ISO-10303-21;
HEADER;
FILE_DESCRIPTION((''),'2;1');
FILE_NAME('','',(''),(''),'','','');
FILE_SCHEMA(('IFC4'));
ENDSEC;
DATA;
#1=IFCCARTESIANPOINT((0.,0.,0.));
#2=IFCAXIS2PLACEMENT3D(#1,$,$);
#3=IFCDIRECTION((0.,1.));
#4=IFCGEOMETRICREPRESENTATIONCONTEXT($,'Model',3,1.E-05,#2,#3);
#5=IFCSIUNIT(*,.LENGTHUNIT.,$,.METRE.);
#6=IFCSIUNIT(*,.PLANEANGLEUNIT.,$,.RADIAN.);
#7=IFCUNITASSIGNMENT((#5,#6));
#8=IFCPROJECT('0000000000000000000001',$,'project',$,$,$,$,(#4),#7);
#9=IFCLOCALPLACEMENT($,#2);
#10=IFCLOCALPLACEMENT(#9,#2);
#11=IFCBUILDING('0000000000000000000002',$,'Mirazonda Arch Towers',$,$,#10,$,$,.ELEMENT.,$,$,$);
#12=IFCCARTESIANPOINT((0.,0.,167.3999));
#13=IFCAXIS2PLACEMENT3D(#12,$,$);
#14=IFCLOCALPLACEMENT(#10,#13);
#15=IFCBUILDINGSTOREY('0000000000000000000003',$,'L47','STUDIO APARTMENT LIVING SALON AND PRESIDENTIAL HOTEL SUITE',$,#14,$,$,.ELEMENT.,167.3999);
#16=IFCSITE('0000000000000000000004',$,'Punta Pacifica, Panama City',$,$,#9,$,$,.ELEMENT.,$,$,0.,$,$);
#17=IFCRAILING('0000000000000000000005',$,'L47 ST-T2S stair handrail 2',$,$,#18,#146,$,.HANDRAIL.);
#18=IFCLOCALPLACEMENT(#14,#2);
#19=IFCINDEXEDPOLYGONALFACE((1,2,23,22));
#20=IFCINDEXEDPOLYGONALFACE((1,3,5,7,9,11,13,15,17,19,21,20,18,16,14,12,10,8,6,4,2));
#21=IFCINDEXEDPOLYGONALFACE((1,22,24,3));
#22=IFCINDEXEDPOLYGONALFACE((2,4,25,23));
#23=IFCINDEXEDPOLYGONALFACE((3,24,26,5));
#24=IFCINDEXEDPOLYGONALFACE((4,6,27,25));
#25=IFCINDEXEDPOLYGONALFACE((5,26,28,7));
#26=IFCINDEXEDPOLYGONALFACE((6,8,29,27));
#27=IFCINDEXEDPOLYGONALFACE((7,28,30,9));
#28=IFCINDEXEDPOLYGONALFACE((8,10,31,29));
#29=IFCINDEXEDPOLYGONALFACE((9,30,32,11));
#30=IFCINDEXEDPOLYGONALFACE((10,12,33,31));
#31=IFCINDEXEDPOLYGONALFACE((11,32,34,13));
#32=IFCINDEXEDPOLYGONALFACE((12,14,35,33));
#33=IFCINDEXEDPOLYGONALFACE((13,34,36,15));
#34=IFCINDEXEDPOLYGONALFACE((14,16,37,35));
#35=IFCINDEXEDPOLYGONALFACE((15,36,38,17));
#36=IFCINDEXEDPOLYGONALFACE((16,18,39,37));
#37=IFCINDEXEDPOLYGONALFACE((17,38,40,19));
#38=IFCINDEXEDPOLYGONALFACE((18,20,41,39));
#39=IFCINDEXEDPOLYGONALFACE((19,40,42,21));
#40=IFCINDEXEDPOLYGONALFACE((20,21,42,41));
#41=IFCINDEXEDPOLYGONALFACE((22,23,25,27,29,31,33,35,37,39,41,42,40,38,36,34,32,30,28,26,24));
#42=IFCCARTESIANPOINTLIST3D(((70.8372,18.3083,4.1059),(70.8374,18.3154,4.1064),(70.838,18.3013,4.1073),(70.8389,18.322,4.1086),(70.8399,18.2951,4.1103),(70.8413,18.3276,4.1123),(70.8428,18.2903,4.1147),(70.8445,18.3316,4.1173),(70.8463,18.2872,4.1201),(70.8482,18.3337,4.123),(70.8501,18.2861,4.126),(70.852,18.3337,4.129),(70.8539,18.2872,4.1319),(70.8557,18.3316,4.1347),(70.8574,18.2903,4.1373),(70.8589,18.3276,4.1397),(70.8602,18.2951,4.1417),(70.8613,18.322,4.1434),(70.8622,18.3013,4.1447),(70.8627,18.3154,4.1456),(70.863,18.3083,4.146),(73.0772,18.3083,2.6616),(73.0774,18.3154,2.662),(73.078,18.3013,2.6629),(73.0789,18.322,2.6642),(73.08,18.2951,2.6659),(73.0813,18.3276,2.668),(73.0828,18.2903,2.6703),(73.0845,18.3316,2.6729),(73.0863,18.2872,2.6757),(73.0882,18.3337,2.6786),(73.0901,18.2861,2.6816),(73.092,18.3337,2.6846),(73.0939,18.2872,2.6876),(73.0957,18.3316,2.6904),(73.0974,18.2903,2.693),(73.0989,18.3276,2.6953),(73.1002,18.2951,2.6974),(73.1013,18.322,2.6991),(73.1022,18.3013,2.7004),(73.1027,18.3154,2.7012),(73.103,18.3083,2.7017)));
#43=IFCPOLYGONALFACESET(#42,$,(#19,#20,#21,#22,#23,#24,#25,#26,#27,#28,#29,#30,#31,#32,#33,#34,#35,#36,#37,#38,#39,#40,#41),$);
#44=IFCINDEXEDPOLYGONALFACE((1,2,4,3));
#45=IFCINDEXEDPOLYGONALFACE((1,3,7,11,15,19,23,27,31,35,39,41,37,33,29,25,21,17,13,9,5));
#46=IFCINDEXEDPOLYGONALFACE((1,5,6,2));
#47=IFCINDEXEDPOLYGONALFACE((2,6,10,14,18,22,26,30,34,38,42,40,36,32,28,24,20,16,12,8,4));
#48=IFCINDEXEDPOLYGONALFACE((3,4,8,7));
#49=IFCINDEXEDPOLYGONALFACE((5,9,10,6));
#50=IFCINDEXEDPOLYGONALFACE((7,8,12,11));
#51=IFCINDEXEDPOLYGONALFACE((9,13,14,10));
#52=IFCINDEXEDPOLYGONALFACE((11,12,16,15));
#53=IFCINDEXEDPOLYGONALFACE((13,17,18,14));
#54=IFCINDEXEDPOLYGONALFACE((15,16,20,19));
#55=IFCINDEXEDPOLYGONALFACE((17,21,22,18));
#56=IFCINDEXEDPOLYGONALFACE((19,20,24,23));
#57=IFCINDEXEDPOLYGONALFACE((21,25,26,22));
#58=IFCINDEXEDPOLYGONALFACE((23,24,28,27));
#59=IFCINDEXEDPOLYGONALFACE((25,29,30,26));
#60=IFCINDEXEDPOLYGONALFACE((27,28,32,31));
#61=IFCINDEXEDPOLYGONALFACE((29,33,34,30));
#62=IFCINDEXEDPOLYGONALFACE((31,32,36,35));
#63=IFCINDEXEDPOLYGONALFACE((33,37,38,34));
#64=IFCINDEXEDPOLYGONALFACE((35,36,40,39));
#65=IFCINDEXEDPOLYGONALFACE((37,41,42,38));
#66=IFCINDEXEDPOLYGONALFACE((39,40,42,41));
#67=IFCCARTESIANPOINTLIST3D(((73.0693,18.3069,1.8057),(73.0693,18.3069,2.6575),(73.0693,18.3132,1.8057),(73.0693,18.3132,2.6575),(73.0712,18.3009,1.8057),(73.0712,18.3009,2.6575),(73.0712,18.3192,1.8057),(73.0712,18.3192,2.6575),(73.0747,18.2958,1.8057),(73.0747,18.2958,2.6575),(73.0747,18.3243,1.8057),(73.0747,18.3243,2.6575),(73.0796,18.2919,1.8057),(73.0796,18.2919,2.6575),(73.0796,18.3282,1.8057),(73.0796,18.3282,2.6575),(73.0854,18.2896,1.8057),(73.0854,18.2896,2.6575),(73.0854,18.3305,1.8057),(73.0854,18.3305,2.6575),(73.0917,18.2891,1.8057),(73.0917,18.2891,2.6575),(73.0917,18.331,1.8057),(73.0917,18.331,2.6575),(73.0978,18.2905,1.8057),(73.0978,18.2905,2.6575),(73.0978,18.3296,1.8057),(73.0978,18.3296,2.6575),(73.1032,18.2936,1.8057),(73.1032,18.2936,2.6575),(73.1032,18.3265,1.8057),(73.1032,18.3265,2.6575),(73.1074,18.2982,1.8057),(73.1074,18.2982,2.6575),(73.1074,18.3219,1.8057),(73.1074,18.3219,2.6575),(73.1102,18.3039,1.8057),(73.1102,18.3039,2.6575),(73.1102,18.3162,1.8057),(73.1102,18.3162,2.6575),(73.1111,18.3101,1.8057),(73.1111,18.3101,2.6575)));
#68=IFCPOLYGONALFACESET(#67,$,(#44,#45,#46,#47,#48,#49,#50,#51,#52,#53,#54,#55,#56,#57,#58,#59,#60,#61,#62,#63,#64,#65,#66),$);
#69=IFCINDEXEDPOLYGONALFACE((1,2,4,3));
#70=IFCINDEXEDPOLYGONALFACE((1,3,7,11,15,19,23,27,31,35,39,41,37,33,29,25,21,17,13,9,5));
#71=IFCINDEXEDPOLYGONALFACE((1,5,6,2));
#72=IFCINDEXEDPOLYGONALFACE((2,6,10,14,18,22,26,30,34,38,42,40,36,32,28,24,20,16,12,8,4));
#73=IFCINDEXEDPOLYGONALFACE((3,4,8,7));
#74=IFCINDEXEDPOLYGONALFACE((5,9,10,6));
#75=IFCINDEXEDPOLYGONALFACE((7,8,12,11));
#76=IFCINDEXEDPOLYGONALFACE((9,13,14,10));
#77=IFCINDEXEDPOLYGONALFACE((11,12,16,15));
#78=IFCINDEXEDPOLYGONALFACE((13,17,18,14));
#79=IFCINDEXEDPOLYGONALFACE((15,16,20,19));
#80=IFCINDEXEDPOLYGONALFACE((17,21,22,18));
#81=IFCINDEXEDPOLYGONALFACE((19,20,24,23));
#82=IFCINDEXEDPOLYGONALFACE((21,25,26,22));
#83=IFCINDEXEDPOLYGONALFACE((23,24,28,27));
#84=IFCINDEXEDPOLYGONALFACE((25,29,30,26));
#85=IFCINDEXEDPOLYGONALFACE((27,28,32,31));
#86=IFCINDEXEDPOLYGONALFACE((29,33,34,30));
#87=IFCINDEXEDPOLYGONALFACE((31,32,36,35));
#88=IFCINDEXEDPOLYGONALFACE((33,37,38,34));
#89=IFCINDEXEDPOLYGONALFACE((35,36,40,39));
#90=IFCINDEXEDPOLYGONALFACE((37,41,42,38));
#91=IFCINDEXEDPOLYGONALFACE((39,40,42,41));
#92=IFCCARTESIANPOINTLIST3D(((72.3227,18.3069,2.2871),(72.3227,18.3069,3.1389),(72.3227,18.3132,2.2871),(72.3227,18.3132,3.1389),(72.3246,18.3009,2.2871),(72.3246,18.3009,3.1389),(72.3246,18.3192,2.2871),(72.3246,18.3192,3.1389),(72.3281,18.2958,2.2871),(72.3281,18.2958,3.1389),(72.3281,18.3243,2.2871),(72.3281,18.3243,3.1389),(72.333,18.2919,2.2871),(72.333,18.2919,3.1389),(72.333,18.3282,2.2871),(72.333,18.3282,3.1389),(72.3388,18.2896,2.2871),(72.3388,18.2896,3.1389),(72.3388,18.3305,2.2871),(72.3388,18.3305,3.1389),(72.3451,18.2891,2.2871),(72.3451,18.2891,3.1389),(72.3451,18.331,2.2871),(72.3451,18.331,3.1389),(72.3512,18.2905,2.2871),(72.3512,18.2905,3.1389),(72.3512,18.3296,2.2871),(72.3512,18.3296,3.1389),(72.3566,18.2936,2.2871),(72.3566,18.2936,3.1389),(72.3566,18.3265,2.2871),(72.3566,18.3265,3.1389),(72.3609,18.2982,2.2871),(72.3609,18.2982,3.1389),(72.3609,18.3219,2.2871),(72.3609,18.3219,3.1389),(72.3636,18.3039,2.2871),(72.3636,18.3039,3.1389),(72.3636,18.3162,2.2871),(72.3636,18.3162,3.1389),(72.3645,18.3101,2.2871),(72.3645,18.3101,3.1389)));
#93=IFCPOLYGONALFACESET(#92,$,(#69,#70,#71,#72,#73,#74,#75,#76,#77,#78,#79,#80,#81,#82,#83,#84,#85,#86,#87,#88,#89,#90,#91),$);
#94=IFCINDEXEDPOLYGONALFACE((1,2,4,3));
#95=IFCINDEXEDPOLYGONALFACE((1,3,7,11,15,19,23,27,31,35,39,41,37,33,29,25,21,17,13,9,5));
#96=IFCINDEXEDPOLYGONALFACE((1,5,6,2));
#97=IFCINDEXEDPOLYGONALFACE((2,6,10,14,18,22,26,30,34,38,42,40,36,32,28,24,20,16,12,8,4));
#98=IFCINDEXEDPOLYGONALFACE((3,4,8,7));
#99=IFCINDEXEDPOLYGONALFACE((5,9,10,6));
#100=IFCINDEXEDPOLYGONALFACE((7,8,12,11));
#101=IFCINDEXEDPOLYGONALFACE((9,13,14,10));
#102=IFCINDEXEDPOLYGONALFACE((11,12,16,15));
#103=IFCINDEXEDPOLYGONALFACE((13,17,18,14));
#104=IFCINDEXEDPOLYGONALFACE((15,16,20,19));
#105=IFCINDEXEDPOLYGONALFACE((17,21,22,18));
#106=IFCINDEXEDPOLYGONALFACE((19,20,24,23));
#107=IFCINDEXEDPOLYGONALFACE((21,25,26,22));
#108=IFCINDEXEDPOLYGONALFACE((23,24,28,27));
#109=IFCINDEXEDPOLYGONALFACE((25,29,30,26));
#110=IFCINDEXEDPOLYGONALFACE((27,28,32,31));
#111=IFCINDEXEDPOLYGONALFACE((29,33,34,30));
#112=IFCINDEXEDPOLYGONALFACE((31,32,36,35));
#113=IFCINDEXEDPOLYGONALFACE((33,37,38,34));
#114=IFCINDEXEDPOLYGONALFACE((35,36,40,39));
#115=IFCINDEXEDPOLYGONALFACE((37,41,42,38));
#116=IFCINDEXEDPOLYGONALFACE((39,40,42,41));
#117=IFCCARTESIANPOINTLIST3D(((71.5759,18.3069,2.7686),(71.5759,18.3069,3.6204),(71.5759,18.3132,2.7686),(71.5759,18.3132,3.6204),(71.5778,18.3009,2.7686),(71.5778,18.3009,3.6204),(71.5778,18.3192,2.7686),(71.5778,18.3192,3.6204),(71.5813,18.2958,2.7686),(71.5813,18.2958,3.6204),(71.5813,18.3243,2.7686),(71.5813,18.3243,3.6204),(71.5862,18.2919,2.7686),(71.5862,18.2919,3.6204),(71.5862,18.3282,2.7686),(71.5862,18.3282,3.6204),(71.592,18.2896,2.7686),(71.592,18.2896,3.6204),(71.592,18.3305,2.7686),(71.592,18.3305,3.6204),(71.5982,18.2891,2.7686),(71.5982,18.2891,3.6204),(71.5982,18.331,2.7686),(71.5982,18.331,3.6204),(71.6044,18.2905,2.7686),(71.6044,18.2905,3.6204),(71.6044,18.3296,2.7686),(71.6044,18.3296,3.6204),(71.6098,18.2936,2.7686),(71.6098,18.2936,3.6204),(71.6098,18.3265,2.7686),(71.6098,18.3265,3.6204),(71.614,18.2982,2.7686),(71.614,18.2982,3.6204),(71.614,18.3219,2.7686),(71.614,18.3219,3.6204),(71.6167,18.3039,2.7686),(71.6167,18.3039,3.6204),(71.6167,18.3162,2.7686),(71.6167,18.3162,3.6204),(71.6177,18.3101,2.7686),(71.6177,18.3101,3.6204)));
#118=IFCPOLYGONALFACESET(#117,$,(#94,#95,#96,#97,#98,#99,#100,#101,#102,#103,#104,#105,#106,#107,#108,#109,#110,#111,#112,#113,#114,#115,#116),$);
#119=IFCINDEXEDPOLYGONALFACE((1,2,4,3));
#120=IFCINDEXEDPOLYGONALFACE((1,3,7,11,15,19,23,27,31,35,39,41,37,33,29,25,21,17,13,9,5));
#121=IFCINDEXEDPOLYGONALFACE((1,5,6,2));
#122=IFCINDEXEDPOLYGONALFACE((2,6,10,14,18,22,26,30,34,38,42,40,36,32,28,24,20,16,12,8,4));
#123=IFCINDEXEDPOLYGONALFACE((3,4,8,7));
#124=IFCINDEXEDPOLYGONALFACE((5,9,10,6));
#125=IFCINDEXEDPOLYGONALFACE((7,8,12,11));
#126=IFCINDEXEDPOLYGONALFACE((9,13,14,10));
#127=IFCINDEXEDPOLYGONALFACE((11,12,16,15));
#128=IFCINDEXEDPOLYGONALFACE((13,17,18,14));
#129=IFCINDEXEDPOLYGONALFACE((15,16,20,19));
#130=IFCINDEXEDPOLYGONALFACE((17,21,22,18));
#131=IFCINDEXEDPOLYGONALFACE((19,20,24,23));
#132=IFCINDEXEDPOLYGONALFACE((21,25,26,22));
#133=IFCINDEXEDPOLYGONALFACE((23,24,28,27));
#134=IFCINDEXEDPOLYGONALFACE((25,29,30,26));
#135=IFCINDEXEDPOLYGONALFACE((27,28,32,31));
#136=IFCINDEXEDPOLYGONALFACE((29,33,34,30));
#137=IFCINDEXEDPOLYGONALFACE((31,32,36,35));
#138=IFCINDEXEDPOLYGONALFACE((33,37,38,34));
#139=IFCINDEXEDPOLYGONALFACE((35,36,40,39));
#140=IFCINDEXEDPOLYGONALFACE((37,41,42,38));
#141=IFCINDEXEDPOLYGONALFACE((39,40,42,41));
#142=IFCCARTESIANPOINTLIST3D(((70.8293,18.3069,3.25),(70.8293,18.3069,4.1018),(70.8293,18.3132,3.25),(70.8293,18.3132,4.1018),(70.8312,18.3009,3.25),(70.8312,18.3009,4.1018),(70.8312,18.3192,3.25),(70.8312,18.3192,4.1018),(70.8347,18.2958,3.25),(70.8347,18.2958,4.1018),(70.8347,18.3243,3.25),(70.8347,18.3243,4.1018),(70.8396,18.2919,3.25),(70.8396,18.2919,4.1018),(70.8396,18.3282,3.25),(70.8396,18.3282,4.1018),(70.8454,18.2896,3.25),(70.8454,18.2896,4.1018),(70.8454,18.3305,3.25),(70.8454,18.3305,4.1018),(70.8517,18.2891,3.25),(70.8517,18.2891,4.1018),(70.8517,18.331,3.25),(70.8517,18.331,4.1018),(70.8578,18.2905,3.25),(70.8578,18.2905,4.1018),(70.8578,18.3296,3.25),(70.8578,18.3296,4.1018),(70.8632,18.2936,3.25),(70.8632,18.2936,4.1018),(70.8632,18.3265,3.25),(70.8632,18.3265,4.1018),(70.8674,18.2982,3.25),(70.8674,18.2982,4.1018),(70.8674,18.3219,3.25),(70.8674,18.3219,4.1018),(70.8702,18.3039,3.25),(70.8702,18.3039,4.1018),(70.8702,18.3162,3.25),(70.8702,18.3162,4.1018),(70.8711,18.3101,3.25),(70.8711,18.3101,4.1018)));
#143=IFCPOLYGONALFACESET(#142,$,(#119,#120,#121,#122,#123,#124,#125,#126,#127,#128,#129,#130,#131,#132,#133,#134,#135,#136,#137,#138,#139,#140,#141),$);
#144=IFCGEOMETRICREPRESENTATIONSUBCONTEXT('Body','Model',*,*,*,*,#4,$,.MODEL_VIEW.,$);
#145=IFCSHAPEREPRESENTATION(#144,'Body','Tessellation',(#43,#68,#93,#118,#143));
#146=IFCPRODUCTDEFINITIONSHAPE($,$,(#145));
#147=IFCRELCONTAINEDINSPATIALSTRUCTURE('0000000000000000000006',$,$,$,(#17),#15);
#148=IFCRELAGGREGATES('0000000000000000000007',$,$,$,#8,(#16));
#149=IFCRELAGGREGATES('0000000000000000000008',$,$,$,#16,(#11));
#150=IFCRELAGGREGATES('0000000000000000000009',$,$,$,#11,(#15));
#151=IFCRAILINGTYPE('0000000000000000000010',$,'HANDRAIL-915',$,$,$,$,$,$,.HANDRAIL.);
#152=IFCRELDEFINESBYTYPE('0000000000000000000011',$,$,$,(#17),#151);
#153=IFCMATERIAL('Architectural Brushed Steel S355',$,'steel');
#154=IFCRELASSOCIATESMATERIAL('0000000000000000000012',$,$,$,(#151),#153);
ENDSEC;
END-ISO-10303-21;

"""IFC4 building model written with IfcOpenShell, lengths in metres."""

from ifc_helpers import new_model, si_unit, direction, frame, origin, origin_2d, place, context, subcontext, project, spatial, circle, extrude, material, type_object, element, save


model = new_model("IFC4")

# Units and contexts
model_context = context("Model", 3, precision=1e-05, world=origin(), true_north=direction((0.0, 1.0)))
body_context = subcontext(model_context, "Body", "Model", "MODEL_VIEW")
ifc_project = project(units=[si_unit("LENGTHUNIT", "METRE"), si_unit("PLANEANGLEUNIT", "RADIAN")], contexts=[model_context])

# Site, building, storey
site_placement = place(None, origin())
site = spatial("IfcSite", under=ifc_project, at=site_placement, Name="Punta Pacifica, Panama City", CompositionType="ELEMENT", RefElevation=0.0)
building_placement = place(site_placement, origin())
building = spatial("IfcBuilding", under=site, at=building_placement, Name="Mirazonda Arch Towers", CompositionType="ELEMENT")
storey_placement = place(building_placement, frame((0.0, 0.0, 167.3999)))
storey = spatial("IfcBuildingStorey", under=building, at=storey_placement, Name="L47", Description="STUDIO APARTMENT LIVING SALON AND PRESIDENTIAL HOTEL SUITE", CompositionType="ELEMENT", Elevation=167.3999)

# Shared definitions
ifc_material_1 = material(Name="Architectural Brushed Steel S355", Category="steel")

# Railing
railing_type_1 = type_object("IfcRailingType", Name="HANDRAIL-915", PredefinedType="HANDRAIL", material=ifc_material_1)
railing_1_placement = place(storey_placement, frame((73.0901, 18.3101, 1.8057)))
element("IfcRailing", 1, at=railing_1_placement, inside=storey, type_object=railing_type_1, Name="L47 ST-T2S stair handrail 2", PredefinedType="HANDRAIL", context=body_context, shape_type="SweptSolid", body=[
    extrude(circle(Radius=0.0239, at=origin_2d()), frame((0.0, 0.0, 0.876), z_axis=(-0.840437, 0.0, 0.54191), x_axis=(0.0, -1.0, 0.0)), (0.0, 0.0, 1.0), 2.6653),
    extrude(circle(Radius=0.021, at=origin_2d()), origin(), (0.0, 0.0, 1.0), 0.8518),
    extrude(circle(Radius=0.021, at=origin_2d()), frame((-0.7466, 0.0, 0.4814)), (0.0, 0.0, 1.0), 0.8518),
    extrude(circle(Radius=0.021, at=origin_2d()), frame((-1.4934, 0.0, 0.9629)), (0.0, 0.0, 1.0), 0.8518),
    extrude(circle(Radius=0.021, at=origin_2d()), frame((-2.24, 0.0, 1.4443)), (0.0, 0.0, 1.0), 0.8518),
])

save(model, "model.ifc")
